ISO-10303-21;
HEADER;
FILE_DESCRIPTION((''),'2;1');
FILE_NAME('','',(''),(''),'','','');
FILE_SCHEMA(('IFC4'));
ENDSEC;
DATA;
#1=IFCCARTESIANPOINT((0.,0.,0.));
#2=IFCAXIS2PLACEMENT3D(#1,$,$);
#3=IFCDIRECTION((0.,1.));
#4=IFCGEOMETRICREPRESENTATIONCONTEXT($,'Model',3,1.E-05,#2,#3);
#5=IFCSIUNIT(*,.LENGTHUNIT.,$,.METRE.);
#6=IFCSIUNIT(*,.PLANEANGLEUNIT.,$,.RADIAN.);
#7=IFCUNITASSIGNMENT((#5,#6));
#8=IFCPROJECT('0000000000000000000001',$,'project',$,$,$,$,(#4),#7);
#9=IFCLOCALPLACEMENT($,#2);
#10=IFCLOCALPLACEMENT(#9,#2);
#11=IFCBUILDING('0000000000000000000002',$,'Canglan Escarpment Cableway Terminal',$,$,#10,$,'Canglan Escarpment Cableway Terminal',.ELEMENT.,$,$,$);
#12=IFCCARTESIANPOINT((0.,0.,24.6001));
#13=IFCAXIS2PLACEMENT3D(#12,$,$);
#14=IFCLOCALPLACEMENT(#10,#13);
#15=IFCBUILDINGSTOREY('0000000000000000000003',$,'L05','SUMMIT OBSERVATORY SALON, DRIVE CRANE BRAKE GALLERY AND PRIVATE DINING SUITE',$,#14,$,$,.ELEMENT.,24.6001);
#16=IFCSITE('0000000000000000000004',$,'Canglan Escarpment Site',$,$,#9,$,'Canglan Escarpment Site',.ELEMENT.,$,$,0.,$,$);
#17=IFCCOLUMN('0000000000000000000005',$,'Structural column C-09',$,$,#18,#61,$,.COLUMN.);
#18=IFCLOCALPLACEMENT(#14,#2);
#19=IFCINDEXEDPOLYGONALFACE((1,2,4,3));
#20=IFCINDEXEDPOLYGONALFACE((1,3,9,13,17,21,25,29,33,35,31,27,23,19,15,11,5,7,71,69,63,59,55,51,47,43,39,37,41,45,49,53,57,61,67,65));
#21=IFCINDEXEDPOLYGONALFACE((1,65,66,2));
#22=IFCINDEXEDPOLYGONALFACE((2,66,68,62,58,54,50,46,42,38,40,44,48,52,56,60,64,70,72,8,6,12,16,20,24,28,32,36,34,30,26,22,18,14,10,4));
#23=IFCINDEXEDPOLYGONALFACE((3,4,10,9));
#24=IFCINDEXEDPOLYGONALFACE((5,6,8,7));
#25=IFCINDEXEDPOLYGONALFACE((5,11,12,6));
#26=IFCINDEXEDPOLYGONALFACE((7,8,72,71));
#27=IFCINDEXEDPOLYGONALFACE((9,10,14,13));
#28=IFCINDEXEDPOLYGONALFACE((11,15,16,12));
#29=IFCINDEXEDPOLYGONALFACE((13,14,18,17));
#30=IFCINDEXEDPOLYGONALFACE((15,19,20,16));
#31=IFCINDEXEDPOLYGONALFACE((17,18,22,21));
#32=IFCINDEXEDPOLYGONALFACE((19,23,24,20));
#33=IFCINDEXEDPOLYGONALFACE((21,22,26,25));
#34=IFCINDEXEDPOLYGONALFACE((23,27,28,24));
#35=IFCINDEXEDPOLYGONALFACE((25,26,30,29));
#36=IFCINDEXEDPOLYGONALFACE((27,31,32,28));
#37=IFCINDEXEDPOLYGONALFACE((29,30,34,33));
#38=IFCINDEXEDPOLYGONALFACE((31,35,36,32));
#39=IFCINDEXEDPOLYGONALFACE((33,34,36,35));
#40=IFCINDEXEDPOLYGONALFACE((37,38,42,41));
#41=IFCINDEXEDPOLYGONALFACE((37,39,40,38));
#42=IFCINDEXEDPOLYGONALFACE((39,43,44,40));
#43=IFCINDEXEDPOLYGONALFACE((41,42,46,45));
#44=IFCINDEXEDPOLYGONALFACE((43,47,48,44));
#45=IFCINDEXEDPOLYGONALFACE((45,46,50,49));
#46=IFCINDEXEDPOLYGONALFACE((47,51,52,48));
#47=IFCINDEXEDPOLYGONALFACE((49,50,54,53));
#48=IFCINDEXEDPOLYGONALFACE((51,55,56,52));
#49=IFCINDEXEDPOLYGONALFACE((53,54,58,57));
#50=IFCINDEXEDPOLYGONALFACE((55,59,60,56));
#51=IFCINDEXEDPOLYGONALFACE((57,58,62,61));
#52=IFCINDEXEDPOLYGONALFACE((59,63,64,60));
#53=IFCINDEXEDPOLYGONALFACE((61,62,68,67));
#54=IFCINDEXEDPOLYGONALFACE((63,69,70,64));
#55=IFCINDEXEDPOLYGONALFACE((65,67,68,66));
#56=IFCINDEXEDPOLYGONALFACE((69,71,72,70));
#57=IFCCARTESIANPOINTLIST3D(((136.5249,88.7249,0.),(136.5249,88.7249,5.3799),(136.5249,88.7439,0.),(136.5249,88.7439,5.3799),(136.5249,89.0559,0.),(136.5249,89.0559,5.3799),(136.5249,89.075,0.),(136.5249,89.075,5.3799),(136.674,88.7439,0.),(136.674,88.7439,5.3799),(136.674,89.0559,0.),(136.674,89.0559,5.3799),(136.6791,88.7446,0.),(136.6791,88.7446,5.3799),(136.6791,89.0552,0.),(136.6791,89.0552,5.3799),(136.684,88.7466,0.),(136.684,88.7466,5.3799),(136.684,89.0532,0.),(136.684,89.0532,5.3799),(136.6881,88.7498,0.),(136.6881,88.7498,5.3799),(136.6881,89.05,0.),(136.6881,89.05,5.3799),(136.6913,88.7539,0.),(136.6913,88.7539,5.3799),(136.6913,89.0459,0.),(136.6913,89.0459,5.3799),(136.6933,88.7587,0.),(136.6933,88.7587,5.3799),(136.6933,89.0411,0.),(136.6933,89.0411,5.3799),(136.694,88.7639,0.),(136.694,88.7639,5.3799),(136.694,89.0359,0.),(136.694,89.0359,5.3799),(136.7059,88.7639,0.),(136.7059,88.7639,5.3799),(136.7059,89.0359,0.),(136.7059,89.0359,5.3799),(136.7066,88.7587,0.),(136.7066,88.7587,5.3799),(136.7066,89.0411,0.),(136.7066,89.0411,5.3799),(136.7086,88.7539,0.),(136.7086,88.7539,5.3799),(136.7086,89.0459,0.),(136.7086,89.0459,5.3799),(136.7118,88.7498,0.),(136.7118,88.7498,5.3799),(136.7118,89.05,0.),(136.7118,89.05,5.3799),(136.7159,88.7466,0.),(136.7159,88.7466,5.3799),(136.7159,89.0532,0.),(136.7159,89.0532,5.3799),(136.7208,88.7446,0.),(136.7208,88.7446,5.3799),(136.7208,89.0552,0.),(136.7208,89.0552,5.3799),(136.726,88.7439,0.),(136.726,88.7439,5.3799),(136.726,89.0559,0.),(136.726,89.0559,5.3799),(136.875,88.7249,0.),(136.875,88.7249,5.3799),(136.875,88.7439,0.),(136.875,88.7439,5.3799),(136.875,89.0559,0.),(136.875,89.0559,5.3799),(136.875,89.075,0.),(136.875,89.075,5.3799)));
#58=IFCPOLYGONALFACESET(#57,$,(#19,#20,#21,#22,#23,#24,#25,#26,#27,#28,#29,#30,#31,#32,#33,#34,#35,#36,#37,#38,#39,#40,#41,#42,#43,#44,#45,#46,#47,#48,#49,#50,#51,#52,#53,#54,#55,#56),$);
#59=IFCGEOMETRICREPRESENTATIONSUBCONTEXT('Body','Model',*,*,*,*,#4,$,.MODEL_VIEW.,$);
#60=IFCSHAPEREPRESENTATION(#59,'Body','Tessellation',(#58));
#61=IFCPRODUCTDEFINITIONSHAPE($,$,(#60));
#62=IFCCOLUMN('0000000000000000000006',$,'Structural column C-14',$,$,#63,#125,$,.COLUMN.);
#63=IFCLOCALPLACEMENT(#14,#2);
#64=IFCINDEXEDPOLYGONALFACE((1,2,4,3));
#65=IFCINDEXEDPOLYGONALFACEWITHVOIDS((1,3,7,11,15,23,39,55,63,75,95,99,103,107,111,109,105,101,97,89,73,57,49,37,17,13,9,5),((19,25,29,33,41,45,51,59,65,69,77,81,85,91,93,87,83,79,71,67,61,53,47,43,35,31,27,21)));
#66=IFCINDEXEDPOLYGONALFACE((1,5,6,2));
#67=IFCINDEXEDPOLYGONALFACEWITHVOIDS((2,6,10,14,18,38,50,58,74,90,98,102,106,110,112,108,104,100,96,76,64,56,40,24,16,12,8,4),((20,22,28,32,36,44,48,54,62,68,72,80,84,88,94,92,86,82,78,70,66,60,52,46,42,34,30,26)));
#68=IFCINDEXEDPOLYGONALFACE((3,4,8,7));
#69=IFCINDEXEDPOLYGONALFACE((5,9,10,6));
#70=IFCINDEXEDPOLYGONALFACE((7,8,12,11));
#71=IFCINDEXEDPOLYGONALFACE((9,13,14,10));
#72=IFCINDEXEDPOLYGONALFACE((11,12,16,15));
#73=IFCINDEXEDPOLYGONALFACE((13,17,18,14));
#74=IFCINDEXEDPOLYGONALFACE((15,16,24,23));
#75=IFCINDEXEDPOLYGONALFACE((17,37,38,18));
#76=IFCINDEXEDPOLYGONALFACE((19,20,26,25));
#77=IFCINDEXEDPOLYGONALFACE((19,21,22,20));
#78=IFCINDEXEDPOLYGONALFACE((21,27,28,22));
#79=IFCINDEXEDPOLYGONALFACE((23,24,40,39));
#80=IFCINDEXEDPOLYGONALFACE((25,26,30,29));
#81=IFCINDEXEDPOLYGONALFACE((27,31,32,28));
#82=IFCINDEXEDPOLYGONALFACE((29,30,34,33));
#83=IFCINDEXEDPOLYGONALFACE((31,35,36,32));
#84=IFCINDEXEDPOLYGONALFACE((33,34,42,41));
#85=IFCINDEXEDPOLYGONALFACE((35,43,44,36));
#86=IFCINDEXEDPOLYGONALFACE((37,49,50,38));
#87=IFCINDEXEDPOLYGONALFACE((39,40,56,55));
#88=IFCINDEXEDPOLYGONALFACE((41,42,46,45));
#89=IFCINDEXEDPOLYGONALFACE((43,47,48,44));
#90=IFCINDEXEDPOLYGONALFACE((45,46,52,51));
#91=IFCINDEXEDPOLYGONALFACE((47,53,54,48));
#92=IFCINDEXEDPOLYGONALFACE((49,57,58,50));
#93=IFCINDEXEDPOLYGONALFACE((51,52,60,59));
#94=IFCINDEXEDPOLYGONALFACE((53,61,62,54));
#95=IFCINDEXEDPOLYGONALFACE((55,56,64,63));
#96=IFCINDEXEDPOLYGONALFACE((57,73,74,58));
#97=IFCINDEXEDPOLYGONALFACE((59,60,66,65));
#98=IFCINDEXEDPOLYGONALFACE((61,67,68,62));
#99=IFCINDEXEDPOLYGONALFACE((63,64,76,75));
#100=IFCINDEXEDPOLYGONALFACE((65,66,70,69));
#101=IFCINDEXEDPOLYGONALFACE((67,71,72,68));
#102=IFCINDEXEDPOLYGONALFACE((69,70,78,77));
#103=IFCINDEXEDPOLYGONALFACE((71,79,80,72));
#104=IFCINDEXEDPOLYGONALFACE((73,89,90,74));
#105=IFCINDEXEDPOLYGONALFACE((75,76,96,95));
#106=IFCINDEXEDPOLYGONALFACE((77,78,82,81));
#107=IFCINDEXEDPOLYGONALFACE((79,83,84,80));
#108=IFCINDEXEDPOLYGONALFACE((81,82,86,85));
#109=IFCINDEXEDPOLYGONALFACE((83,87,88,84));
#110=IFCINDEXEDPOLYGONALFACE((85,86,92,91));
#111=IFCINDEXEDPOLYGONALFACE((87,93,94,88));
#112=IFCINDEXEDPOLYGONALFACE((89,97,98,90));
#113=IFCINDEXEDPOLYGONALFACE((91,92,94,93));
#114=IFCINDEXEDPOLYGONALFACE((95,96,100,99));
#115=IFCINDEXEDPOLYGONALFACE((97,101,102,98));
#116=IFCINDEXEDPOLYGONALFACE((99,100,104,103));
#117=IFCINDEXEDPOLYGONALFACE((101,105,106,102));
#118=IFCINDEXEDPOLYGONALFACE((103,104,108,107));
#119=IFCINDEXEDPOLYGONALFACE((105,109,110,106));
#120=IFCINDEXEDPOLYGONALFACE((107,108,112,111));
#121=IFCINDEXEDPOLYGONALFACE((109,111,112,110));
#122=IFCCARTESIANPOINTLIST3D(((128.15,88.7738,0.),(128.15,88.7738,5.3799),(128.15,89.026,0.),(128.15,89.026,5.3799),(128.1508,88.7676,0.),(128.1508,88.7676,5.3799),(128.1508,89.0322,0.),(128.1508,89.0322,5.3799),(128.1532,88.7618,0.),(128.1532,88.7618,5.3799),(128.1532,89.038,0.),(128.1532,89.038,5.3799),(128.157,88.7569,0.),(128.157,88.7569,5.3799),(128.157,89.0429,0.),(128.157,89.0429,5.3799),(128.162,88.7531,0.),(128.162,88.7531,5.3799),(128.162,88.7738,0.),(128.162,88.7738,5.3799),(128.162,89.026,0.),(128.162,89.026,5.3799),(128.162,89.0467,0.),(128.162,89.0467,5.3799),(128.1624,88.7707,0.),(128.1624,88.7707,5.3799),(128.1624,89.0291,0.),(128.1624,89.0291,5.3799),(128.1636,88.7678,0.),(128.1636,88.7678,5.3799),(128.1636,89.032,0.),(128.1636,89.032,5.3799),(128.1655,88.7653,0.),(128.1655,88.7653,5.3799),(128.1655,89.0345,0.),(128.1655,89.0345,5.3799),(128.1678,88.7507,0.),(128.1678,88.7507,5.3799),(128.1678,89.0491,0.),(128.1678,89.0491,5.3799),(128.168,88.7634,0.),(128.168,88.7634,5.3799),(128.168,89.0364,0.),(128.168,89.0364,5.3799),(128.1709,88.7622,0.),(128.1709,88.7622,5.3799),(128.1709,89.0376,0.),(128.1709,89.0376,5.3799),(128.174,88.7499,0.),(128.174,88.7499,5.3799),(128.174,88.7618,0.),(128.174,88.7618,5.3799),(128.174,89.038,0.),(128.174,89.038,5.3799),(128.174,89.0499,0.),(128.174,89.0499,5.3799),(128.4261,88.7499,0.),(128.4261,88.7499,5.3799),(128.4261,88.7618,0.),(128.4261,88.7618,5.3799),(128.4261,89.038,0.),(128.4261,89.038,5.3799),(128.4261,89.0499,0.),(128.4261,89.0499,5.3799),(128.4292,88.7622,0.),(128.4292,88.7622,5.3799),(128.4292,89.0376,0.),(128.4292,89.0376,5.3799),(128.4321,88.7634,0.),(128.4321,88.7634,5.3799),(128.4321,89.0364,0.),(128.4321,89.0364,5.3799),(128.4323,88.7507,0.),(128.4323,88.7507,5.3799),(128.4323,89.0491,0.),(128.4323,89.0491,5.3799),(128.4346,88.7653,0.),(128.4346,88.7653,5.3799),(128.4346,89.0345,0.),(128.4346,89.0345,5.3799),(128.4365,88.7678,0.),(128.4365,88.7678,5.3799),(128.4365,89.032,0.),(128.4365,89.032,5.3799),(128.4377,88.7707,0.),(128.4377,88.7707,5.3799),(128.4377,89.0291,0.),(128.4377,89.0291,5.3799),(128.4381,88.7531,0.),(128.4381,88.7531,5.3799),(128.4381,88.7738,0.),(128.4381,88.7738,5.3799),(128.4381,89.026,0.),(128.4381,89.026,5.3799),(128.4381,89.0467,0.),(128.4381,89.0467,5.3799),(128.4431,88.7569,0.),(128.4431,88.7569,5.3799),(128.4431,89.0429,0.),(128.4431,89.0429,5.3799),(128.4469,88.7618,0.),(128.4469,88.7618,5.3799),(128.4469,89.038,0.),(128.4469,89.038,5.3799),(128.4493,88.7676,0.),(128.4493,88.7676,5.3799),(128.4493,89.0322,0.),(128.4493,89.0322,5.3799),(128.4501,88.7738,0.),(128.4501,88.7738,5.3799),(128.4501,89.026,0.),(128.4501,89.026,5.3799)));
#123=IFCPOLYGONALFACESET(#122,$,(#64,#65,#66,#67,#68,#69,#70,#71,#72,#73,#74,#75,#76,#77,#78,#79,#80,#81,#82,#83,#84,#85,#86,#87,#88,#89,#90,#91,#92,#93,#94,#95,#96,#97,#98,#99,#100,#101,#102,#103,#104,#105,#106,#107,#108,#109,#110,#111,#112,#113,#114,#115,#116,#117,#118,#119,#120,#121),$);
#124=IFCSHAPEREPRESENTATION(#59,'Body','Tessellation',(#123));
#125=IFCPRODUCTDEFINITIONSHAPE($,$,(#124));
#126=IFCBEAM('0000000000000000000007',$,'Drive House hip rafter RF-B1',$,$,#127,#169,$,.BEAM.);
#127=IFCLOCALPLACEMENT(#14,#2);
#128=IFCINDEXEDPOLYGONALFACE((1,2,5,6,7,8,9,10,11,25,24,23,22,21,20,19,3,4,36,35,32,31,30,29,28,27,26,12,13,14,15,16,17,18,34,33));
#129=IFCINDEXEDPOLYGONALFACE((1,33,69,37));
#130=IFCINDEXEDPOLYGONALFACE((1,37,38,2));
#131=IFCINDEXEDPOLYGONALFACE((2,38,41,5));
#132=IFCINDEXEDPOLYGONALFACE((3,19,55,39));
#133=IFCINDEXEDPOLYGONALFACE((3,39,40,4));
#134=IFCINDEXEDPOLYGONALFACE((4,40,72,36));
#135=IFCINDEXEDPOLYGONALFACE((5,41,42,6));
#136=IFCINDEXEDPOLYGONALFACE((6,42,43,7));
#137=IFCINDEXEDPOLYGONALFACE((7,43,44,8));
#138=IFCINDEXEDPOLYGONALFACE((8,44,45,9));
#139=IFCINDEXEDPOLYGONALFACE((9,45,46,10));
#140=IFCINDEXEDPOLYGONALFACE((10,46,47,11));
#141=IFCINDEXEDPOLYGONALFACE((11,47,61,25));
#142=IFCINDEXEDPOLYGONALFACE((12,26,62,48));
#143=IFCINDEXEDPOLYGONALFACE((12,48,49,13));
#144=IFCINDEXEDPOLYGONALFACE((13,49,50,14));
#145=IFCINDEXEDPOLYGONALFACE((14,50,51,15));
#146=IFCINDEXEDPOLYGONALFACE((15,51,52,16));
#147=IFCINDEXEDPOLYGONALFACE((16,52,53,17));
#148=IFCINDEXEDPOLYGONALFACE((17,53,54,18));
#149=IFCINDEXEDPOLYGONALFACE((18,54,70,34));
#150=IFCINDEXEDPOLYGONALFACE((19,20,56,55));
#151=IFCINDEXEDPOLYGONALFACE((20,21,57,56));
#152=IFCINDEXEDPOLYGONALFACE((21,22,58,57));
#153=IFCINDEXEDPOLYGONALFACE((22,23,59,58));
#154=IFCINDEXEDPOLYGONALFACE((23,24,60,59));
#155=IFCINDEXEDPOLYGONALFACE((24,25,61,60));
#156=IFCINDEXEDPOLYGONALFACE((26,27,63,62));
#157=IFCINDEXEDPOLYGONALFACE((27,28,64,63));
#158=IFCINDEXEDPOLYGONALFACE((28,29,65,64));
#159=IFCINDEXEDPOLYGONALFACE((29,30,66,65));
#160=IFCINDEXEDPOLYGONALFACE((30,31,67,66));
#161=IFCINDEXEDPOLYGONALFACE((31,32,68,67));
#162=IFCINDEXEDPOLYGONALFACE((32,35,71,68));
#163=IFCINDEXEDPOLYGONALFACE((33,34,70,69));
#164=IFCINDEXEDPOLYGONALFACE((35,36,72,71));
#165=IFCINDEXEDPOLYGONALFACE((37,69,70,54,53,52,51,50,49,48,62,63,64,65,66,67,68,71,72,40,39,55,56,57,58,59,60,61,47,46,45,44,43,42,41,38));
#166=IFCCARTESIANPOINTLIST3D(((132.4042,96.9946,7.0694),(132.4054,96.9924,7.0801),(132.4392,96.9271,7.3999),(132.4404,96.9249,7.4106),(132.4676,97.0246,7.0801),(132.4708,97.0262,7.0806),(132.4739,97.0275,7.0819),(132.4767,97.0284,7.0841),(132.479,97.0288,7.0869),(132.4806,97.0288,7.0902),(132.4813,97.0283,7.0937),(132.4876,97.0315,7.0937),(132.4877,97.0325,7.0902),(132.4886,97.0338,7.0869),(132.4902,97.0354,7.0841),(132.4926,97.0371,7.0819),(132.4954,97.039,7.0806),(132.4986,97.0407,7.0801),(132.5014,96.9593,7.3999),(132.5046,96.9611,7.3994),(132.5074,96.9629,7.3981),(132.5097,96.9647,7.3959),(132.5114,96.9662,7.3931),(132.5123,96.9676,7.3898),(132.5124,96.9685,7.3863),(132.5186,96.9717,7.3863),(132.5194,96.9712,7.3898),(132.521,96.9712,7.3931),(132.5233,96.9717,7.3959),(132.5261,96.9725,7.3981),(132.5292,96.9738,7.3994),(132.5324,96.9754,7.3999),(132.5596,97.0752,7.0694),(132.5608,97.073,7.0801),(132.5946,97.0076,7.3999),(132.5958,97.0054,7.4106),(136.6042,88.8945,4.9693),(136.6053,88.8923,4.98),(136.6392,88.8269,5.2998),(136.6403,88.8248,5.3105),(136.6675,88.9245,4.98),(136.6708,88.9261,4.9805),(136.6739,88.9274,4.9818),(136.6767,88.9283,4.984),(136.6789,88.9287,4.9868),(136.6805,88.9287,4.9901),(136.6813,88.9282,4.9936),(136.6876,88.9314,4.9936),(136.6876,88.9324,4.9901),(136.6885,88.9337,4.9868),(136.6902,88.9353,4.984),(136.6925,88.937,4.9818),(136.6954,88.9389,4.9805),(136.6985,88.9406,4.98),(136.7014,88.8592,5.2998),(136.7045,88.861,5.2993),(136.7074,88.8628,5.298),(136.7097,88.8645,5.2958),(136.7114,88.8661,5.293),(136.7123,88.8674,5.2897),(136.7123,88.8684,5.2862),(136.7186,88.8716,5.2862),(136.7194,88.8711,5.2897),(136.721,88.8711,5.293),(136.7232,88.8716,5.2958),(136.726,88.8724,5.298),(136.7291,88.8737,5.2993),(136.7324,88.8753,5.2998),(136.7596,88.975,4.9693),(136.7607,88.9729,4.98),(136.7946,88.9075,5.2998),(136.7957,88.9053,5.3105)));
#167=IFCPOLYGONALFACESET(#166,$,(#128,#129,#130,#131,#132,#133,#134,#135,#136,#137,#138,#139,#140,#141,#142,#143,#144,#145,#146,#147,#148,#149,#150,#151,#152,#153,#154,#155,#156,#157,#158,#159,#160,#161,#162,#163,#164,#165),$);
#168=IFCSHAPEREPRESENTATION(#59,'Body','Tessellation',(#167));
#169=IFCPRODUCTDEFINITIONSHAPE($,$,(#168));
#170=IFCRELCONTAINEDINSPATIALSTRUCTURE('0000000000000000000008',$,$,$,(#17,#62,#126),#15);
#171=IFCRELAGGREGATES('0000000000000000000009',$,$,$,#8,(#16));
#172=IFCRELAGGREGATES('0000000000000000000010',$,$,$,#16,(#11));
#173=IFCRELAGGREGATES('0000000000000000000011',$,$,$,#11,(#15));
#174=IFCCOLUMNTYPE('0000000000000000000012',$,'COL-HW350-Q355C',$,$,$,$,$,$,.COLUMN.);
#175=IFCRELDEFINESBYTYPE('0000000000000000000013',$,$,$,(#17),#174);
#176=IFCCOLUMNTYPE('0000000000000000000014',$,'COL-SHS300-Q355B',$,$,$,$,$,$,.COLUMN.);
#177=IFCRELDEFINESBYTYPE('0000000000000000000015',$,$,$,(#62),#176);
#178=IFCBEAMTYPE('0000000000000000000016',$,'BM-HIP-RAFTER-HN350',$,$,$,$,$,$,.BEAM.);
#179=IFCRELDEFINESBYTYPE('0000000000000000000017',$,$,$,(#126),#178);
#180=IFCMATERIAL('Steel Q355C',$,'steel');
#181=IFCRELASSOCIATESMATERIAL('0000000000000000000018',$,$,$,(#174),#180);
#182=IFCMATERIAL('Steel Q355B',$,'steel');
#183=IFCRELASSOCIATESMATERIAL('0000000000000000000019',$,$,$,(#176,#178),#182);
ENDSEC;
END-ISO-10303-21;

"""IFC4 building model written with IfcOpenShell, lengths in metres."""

from ifc_helpers import new_model, si_unit, direction, frame, origin, origin_2d, place, context, subcontext, project, spatial, hollow_rectangle, i_section, extrude, material, material_profile, profile_set, type_object, element, save


model = new_model("IFC4")

# Units and contexts
model_context = context("Model", 3, precision=1e-05, world=origin(), true_north=direction((0.0, 1.0)))
body_context = subcontext(model_context, "Body", "Model", "MODEL_VIEW")
ifc_project = project(units=[si_unit("LENGTHUNIT", "METRE"), si_unit("PLANEANGLEUNIT", "RADIAN")], contexts=[model_context])

# Site, building, storey
site_placement = place(None, origin())
site = spatial("IfcSite", under=ifc_project, at=site_placement, Name="Canglan Escarpment Site", LongName="Canglan Escarpment Site", CompositionType="ELEMENT", RefElevation=0.0)
building_placement = place(site_placement, origin())
building = spatial("IfcBuilding", under=site, at=building_placement, Name="Canglan Escarpment Cableway Terminal", LongName="Canglan Escarpment Cableway Terminal", CompositionType="ELEMENT")
storey_placement = place(building_placement, frame((0.0, 0.0, 24.6001)))
storey = spatial("IfcBuildingStorey", under=building, at=storey_placement, Name="L05", Description="SUMMIT OBSERVATORY SALON, DRIVE CRANE BRAKE GALLERY AND PRIVATE DINING SUITE", CompositionType="ELEMENT", Elevation=24.6001)

# Columns
ifc_material_1 = material(Name="Steel Q355C", Category="steel")
ifc_material_profile_1 = material_profile(ifc_material_1, i_section(OverallWidth=0.3501, OverallDepth=0.3501, WebThickness=0.012, FlangeThickness=0.019, FilletRadius=0.02, at=origin_2d()), Name="HW 350x350x12x19")
ifc_profile_set_1 = profile_set([ifc_material_profile_1], Name="Steel Q355C")
column_type_1 = type_object("IfcColumnType", Name="COL-HW350-Q355C", PredefinedType="COLUMN", material=ifc_profile_set_1)
column_1_placement = place(storey_placement, frame((136.7, 88.8999, 0.0), z_axis=(0.0, 0.0, 1.0), x_axis=(1.0, 0.0, 0.0)))
element("IfcColumn", 1, at=column_1_placement, inside=storey, type_object=column_type_1, Name="Structural column C-09", PredefinedType="COLUMN", context=body_context, shape_type="SweptSolid", body=[
    extrude(i_section(OverallWidth=0.3501, OverallDepth=0.3501, WebThickness=0.012, FlangeThickness=0.019, FilletRadius=0.02, at=origin_2d()), origin(), (0.0, 0.0, 1.0), 5.3799),
])
ifc_material_2 = material(Name="Steel Q355B", Category="steel")
ifc_material_profile_2 = material_profile(ifc_material_2, hollow_rectangle(XDim=0.3, YDim=0.3, WallThickness=0.012, InnerFilletRadius=0.012, OuterFilletRadius=0.0239, at=origin_2d()), Name="SHS 300x300x12")
ifc_profile_set_2 = profile_set([ifc_material_profile_2], Name="Steel Q355B")
column_type_2 = type_object("IfcColumnType", Name="COL-SHS300-Q355B", PredefinedType="COLUMN", material=ifc_profile_set_2)
column_2_placement = place(storey_placement, frame((128.3, 88.8999, 0.0), z_axis=(0.0, 0.0, 1.0), x_axis=(1.0, 0.0, 0.0)))
element("IfcColumn", 2, at=column_2_placement, inside=storey, type_object=column_type_2, Name="Structural column C-14", PredefinedType="COLUMN", context=body_context, shape_type="SweptSolid", body=[
    extrude(hollow_rectangle(XDim=0.3, YDim=0.3, WallThickness=0.012, InnerFilletRadius=0.012, OuterFilletRadius=0.0239, at=origin_2d()), origin(), (0.0, 0.0, 1.0), 5.3799),
])

# Beam
ifc_material_profile_3 = material_profile(ifc_material_2, i_section(OverallWidth=0.175, OverallDepth=0.3501, WebThickness=0.0071, FlangeThickness=0.011, FilletRadius=0.0139, at=origin_2d()), Name="HN 350x175x7x11")
ifc_profile_set_3 = profile_set([ifc_material_profile_3], Name="Steel Q355B")
beam_type_1 = type_object("IfcBeamType", Name="BM-HIP-RAFTER-HN350", PredefinedType="BEAM", material=ifc_profile_set_3)
beam_1_placement = place(storey_placement, frame((136.7, 88.8999, 5.1399), z_axis=(-0.44858, 0.865138, 0.224303), x_axis=(-0.887759, -0.460309, 0.0)))
element("IfcBeam", 3, at=beam_1_placement, inside=storey, type_object=beam_type_1, Name="Drive House hip rafter RF-B1", PredefinedType="BEAM", context=body_context, shape_type="SweptSolid", body=[
    extrude(i_section(OverallWidth=0.175, OverallDepth=0.3501, WebThickness=0.0071, FlangeThickness=0.011, FilletRadius=0.0139, at=origin_2d()), origin(), (0.0, 0.0, 1.0), 9.3628),
])

save(model, "model.ifc")
